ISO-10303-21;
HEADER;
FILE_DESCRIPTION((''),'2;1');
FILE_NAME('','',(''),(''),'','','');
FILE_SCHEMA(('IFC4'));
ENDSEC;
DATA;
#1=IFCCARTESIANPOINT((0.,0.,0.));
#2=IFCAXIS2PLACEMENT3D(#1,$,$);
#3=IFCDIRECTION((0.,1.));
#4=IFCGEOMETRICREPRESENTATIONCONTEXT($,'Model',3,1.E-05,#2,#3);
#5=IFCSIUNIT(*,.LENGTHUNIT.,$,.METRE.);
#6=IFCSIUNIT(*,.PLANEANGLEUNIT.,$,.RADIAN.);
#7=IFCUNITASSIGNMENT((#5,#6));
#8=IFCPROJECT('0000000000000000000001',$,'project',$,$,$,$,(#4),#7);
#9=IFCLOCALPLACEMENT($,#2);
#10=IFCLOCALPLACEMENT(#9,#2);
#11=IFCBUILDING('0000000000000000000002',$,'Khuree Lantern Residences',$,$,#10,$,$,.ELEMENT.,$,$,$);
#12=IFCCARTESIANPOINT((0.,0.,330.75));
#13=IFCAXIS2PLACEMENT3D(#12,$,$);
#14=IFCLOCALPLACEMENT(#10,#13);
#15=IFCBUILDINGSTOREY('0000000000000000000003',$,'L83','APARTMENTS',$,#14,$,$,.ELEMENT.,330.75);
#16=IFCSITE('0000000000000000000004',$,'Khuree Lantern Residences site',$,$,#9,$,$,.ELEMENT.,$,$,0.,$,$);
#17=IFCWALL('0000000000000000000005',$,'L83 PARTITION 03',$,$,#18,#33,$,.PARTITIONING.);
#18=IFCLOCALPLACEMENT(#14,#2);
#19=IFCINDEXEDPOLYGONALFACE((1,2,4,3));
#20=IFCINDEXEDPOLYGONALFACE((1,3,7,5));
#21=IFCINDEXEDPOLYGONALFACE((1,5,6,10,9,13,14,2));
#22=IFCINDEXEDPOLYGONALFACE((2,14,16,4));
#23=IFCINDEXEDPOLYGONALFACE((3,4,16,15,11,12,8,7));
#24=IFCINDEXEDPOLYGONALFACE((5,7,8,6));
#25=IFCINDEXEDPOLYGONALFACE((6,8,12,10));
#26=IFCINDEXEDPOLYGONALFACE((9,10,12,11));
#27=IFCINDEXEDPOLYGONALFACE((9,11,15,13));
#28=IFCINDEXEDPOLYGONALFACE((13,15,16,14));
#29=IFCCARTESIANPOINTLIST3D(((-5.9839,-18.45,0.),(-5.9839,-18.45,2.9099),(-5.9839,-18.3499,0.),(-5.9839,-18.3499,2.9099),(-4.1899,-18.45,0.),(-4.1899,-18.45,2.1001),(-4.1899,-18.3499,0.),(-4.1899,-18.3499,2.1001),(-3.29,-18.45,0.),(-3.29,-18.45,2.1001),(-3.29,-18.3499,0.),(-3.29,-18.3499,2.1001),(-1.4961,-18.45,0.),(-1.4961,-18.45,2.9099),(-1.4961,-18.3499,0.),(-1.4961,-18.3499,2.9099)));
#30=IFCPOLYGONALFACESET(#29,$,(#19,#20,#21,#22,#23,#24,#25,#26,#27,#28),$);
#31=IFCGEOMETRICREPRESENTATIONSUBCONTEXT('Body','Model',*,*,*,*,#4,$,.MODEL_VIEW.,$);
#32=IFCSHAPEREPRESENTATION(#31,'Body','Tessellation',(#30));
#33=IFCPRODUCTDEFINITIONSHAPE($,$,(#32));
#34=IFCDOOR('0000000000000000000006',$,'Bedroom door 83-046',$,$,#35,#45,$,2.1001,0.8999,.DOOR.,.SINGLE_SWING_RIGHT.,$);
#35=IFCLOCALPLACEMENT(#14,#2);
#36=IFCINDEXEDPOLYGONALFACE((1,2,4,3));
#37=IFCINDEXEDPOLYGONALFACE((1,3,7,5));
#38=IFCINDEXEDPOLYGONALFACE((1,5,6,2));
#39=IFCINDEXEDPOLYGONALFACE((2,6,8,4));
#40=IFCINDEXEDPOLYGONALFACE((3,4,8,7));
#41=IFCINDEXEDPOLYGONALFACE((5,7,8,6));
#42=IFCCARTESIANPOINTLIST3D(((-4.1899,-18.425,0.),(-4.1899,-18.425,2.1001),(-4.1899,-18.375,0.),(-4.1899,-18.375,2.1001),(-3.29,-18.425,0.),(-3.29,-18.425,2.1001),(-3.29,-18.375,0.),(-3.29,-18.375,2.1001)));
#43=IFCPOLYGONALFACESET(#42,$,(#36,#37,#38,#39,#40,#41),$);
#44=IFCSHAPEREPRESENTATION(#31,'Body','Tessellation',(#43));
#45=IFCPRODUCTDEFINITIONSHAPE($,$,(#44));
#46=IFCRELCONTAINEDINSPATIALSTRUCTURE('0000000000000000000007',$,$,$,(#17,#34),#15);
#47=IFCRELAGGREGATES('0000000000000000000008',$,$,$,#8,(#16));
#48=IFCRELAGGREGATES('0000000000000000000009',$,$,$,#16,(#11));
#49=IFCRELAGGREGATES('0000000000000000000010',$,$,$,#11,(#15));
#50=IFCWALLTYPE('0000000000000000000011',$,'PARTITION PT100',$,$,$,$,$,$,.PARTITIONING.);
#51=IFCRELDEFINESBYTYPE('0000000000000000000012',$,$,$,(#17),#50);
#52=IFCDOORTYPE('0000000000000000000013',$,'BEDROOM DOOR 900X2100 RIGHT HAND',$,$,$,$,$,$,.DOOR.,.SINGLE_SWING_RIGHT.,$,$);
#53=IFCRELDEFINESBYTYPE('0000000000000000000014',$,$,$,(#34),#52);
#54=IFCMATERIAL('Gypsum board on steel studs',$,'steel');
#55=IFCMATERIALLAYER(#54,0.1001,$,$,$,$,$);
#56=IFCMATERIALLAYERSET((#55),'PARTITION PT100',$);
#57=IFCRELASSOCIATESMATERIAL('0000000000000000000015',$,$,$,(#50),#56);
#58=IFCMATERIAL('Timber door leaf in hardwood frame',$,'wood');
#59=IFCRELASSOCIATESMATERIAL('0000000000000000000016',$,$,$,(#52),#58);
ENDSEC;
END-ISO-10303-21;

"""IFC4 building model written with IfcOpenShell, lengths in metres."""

from ifc_helpers import new_model, si_unit, direction, frame, frame_2d, origin, place, context, subcontext, project, spatial, rectangle, extrude, material, layer, layer_set, type_object, element, fill, save


model = new_model("IFC4")

# Units and contexts
model_context = context("Model", 3, precision=1e-05, world=origin(), true_north=direction((0.0, 1.0)))
body_context = subcontext(model_context, "Body", "Model", "MODEL_VIEW")
ifc_project = project(units=[si_unit("LENGTHUNIT", "METRE"), si_unit("PLANEANGLEUNIT", "RADIAN")], contexts=[model_context])

# Site, building, storey
site_placement = place(None, origin())
site = spatial("IfcSite", under=ifc_project, at=site_placement, Name="Khuree Lantern Residences site", CompositionType="ELEMENT", RefElevation=0.0)
building_placement = place(site_placement, origin())
building = spatial("IfcBuilding", under=site, at=building_placement, Name="Khuree Lantern Residences", CompositionType="ELEMENT")
storey_placement = place(building_placement, frame((0.0, 0.0, 330.75)))
storey = spatial("IfcBuildingStorey", under=building, at=storey_placement, Name="L83", Description="APARTMENTS", CompositionType="ELEMENT", Elevation=330.75)

# Shared definitions
ifc_material_1 = material(Name="Gypsum board on steel studs", Category="steel")
ifc_layer_1 = layer(ifc_material_1, 0.1001)
ifc_layer_set_1 = layer_set([ifc_layer_1], Name="PARTITION PT100")
wall_type = type_object("IfcWallType", Name="PARTITION PT100", PredefinedType="PARTITIONING", material=ifc_layer_set_1)

# Shared definitions
ifc_material_2 = material(Name="Timber door leaf in hardwood frame", Category="wood")

# Wall, opening, door
wall_1_placement = place(storey_placement, frame((-5.9839, -18.3999, 0.0), z_axis=(0.0, 0.0, 1.0), x_axis=(1.0, 0.0, 0.0)))
wall_1 = element("IfcWall", 1, at=wall_1_placement, inside=storey, type_object=wall_type, Name="L83 PARTITION 03", PredefinedType="PARTITIONING", context=body_context, shape_type="SweptSolid", body=[
    extrude(rectangle(XDim=4.4878, YDim=0.1001, at=frame_2d((2.2439, 0.0))), origin(), (0.0, 0.0, 1.0), 2.9099),
])
opening_1_placement = place(wall_1_placement, frame((1.7939, 0.0, 0.0)))
opening_1 = element("IfcOpeningElement", 2, at=opening_1_placement, cuts=wall_1, PredefinedType="OPENING", context=body_context, shape_type="SweptSolid", body=[
    extrude(rectangle(XDim=0.8999, YDim=2.1001, at=frame_2d((0.45, 1.05))), frame((0.0, 0.0601, 0.0), z_axis=(0.0, -1.0, 0.0), x_axis=(1.0, 0.0, 0.0)), (0.0, 0.0, 1.0), 0.1201),
])
door_type_1 = type_object("IfcDoorType", Name="BEDROOM DOOR 900X2100 RIGHT HAND", OperationType="SINGLE_SWING_RIGHT", PredefinedType="DOOR", material=ifc_material_2)
door_1_placement = place(opening_1_placement, origin())
door_1 = element("IfcDoor", 3, at=door_1_placement, inside=storey, type_object=door_type_1, Name="Bedroom door 83-046", OperationType="SINGLE_SWING_RIGHT", OverallHeight=2.1001, OverallWidth=0.8999, PredefinedType="DOOR", context=body_context, shape_type="SweptSolid", body=[
    extrude(rectangle(XDim=0.8999, YDim=2.1001, at=frame_2d((0.45, 1.05))), frame((0.0, 0.0249, 0.0), z_axis=(0.0, -1.0, 0.0), x_axis=(1.0, 0.0, 0.0)), (0.0, 0.0, 1.0), 0.05),
])
fill(opening_1, door_1)

save(model, "model.ifc")
